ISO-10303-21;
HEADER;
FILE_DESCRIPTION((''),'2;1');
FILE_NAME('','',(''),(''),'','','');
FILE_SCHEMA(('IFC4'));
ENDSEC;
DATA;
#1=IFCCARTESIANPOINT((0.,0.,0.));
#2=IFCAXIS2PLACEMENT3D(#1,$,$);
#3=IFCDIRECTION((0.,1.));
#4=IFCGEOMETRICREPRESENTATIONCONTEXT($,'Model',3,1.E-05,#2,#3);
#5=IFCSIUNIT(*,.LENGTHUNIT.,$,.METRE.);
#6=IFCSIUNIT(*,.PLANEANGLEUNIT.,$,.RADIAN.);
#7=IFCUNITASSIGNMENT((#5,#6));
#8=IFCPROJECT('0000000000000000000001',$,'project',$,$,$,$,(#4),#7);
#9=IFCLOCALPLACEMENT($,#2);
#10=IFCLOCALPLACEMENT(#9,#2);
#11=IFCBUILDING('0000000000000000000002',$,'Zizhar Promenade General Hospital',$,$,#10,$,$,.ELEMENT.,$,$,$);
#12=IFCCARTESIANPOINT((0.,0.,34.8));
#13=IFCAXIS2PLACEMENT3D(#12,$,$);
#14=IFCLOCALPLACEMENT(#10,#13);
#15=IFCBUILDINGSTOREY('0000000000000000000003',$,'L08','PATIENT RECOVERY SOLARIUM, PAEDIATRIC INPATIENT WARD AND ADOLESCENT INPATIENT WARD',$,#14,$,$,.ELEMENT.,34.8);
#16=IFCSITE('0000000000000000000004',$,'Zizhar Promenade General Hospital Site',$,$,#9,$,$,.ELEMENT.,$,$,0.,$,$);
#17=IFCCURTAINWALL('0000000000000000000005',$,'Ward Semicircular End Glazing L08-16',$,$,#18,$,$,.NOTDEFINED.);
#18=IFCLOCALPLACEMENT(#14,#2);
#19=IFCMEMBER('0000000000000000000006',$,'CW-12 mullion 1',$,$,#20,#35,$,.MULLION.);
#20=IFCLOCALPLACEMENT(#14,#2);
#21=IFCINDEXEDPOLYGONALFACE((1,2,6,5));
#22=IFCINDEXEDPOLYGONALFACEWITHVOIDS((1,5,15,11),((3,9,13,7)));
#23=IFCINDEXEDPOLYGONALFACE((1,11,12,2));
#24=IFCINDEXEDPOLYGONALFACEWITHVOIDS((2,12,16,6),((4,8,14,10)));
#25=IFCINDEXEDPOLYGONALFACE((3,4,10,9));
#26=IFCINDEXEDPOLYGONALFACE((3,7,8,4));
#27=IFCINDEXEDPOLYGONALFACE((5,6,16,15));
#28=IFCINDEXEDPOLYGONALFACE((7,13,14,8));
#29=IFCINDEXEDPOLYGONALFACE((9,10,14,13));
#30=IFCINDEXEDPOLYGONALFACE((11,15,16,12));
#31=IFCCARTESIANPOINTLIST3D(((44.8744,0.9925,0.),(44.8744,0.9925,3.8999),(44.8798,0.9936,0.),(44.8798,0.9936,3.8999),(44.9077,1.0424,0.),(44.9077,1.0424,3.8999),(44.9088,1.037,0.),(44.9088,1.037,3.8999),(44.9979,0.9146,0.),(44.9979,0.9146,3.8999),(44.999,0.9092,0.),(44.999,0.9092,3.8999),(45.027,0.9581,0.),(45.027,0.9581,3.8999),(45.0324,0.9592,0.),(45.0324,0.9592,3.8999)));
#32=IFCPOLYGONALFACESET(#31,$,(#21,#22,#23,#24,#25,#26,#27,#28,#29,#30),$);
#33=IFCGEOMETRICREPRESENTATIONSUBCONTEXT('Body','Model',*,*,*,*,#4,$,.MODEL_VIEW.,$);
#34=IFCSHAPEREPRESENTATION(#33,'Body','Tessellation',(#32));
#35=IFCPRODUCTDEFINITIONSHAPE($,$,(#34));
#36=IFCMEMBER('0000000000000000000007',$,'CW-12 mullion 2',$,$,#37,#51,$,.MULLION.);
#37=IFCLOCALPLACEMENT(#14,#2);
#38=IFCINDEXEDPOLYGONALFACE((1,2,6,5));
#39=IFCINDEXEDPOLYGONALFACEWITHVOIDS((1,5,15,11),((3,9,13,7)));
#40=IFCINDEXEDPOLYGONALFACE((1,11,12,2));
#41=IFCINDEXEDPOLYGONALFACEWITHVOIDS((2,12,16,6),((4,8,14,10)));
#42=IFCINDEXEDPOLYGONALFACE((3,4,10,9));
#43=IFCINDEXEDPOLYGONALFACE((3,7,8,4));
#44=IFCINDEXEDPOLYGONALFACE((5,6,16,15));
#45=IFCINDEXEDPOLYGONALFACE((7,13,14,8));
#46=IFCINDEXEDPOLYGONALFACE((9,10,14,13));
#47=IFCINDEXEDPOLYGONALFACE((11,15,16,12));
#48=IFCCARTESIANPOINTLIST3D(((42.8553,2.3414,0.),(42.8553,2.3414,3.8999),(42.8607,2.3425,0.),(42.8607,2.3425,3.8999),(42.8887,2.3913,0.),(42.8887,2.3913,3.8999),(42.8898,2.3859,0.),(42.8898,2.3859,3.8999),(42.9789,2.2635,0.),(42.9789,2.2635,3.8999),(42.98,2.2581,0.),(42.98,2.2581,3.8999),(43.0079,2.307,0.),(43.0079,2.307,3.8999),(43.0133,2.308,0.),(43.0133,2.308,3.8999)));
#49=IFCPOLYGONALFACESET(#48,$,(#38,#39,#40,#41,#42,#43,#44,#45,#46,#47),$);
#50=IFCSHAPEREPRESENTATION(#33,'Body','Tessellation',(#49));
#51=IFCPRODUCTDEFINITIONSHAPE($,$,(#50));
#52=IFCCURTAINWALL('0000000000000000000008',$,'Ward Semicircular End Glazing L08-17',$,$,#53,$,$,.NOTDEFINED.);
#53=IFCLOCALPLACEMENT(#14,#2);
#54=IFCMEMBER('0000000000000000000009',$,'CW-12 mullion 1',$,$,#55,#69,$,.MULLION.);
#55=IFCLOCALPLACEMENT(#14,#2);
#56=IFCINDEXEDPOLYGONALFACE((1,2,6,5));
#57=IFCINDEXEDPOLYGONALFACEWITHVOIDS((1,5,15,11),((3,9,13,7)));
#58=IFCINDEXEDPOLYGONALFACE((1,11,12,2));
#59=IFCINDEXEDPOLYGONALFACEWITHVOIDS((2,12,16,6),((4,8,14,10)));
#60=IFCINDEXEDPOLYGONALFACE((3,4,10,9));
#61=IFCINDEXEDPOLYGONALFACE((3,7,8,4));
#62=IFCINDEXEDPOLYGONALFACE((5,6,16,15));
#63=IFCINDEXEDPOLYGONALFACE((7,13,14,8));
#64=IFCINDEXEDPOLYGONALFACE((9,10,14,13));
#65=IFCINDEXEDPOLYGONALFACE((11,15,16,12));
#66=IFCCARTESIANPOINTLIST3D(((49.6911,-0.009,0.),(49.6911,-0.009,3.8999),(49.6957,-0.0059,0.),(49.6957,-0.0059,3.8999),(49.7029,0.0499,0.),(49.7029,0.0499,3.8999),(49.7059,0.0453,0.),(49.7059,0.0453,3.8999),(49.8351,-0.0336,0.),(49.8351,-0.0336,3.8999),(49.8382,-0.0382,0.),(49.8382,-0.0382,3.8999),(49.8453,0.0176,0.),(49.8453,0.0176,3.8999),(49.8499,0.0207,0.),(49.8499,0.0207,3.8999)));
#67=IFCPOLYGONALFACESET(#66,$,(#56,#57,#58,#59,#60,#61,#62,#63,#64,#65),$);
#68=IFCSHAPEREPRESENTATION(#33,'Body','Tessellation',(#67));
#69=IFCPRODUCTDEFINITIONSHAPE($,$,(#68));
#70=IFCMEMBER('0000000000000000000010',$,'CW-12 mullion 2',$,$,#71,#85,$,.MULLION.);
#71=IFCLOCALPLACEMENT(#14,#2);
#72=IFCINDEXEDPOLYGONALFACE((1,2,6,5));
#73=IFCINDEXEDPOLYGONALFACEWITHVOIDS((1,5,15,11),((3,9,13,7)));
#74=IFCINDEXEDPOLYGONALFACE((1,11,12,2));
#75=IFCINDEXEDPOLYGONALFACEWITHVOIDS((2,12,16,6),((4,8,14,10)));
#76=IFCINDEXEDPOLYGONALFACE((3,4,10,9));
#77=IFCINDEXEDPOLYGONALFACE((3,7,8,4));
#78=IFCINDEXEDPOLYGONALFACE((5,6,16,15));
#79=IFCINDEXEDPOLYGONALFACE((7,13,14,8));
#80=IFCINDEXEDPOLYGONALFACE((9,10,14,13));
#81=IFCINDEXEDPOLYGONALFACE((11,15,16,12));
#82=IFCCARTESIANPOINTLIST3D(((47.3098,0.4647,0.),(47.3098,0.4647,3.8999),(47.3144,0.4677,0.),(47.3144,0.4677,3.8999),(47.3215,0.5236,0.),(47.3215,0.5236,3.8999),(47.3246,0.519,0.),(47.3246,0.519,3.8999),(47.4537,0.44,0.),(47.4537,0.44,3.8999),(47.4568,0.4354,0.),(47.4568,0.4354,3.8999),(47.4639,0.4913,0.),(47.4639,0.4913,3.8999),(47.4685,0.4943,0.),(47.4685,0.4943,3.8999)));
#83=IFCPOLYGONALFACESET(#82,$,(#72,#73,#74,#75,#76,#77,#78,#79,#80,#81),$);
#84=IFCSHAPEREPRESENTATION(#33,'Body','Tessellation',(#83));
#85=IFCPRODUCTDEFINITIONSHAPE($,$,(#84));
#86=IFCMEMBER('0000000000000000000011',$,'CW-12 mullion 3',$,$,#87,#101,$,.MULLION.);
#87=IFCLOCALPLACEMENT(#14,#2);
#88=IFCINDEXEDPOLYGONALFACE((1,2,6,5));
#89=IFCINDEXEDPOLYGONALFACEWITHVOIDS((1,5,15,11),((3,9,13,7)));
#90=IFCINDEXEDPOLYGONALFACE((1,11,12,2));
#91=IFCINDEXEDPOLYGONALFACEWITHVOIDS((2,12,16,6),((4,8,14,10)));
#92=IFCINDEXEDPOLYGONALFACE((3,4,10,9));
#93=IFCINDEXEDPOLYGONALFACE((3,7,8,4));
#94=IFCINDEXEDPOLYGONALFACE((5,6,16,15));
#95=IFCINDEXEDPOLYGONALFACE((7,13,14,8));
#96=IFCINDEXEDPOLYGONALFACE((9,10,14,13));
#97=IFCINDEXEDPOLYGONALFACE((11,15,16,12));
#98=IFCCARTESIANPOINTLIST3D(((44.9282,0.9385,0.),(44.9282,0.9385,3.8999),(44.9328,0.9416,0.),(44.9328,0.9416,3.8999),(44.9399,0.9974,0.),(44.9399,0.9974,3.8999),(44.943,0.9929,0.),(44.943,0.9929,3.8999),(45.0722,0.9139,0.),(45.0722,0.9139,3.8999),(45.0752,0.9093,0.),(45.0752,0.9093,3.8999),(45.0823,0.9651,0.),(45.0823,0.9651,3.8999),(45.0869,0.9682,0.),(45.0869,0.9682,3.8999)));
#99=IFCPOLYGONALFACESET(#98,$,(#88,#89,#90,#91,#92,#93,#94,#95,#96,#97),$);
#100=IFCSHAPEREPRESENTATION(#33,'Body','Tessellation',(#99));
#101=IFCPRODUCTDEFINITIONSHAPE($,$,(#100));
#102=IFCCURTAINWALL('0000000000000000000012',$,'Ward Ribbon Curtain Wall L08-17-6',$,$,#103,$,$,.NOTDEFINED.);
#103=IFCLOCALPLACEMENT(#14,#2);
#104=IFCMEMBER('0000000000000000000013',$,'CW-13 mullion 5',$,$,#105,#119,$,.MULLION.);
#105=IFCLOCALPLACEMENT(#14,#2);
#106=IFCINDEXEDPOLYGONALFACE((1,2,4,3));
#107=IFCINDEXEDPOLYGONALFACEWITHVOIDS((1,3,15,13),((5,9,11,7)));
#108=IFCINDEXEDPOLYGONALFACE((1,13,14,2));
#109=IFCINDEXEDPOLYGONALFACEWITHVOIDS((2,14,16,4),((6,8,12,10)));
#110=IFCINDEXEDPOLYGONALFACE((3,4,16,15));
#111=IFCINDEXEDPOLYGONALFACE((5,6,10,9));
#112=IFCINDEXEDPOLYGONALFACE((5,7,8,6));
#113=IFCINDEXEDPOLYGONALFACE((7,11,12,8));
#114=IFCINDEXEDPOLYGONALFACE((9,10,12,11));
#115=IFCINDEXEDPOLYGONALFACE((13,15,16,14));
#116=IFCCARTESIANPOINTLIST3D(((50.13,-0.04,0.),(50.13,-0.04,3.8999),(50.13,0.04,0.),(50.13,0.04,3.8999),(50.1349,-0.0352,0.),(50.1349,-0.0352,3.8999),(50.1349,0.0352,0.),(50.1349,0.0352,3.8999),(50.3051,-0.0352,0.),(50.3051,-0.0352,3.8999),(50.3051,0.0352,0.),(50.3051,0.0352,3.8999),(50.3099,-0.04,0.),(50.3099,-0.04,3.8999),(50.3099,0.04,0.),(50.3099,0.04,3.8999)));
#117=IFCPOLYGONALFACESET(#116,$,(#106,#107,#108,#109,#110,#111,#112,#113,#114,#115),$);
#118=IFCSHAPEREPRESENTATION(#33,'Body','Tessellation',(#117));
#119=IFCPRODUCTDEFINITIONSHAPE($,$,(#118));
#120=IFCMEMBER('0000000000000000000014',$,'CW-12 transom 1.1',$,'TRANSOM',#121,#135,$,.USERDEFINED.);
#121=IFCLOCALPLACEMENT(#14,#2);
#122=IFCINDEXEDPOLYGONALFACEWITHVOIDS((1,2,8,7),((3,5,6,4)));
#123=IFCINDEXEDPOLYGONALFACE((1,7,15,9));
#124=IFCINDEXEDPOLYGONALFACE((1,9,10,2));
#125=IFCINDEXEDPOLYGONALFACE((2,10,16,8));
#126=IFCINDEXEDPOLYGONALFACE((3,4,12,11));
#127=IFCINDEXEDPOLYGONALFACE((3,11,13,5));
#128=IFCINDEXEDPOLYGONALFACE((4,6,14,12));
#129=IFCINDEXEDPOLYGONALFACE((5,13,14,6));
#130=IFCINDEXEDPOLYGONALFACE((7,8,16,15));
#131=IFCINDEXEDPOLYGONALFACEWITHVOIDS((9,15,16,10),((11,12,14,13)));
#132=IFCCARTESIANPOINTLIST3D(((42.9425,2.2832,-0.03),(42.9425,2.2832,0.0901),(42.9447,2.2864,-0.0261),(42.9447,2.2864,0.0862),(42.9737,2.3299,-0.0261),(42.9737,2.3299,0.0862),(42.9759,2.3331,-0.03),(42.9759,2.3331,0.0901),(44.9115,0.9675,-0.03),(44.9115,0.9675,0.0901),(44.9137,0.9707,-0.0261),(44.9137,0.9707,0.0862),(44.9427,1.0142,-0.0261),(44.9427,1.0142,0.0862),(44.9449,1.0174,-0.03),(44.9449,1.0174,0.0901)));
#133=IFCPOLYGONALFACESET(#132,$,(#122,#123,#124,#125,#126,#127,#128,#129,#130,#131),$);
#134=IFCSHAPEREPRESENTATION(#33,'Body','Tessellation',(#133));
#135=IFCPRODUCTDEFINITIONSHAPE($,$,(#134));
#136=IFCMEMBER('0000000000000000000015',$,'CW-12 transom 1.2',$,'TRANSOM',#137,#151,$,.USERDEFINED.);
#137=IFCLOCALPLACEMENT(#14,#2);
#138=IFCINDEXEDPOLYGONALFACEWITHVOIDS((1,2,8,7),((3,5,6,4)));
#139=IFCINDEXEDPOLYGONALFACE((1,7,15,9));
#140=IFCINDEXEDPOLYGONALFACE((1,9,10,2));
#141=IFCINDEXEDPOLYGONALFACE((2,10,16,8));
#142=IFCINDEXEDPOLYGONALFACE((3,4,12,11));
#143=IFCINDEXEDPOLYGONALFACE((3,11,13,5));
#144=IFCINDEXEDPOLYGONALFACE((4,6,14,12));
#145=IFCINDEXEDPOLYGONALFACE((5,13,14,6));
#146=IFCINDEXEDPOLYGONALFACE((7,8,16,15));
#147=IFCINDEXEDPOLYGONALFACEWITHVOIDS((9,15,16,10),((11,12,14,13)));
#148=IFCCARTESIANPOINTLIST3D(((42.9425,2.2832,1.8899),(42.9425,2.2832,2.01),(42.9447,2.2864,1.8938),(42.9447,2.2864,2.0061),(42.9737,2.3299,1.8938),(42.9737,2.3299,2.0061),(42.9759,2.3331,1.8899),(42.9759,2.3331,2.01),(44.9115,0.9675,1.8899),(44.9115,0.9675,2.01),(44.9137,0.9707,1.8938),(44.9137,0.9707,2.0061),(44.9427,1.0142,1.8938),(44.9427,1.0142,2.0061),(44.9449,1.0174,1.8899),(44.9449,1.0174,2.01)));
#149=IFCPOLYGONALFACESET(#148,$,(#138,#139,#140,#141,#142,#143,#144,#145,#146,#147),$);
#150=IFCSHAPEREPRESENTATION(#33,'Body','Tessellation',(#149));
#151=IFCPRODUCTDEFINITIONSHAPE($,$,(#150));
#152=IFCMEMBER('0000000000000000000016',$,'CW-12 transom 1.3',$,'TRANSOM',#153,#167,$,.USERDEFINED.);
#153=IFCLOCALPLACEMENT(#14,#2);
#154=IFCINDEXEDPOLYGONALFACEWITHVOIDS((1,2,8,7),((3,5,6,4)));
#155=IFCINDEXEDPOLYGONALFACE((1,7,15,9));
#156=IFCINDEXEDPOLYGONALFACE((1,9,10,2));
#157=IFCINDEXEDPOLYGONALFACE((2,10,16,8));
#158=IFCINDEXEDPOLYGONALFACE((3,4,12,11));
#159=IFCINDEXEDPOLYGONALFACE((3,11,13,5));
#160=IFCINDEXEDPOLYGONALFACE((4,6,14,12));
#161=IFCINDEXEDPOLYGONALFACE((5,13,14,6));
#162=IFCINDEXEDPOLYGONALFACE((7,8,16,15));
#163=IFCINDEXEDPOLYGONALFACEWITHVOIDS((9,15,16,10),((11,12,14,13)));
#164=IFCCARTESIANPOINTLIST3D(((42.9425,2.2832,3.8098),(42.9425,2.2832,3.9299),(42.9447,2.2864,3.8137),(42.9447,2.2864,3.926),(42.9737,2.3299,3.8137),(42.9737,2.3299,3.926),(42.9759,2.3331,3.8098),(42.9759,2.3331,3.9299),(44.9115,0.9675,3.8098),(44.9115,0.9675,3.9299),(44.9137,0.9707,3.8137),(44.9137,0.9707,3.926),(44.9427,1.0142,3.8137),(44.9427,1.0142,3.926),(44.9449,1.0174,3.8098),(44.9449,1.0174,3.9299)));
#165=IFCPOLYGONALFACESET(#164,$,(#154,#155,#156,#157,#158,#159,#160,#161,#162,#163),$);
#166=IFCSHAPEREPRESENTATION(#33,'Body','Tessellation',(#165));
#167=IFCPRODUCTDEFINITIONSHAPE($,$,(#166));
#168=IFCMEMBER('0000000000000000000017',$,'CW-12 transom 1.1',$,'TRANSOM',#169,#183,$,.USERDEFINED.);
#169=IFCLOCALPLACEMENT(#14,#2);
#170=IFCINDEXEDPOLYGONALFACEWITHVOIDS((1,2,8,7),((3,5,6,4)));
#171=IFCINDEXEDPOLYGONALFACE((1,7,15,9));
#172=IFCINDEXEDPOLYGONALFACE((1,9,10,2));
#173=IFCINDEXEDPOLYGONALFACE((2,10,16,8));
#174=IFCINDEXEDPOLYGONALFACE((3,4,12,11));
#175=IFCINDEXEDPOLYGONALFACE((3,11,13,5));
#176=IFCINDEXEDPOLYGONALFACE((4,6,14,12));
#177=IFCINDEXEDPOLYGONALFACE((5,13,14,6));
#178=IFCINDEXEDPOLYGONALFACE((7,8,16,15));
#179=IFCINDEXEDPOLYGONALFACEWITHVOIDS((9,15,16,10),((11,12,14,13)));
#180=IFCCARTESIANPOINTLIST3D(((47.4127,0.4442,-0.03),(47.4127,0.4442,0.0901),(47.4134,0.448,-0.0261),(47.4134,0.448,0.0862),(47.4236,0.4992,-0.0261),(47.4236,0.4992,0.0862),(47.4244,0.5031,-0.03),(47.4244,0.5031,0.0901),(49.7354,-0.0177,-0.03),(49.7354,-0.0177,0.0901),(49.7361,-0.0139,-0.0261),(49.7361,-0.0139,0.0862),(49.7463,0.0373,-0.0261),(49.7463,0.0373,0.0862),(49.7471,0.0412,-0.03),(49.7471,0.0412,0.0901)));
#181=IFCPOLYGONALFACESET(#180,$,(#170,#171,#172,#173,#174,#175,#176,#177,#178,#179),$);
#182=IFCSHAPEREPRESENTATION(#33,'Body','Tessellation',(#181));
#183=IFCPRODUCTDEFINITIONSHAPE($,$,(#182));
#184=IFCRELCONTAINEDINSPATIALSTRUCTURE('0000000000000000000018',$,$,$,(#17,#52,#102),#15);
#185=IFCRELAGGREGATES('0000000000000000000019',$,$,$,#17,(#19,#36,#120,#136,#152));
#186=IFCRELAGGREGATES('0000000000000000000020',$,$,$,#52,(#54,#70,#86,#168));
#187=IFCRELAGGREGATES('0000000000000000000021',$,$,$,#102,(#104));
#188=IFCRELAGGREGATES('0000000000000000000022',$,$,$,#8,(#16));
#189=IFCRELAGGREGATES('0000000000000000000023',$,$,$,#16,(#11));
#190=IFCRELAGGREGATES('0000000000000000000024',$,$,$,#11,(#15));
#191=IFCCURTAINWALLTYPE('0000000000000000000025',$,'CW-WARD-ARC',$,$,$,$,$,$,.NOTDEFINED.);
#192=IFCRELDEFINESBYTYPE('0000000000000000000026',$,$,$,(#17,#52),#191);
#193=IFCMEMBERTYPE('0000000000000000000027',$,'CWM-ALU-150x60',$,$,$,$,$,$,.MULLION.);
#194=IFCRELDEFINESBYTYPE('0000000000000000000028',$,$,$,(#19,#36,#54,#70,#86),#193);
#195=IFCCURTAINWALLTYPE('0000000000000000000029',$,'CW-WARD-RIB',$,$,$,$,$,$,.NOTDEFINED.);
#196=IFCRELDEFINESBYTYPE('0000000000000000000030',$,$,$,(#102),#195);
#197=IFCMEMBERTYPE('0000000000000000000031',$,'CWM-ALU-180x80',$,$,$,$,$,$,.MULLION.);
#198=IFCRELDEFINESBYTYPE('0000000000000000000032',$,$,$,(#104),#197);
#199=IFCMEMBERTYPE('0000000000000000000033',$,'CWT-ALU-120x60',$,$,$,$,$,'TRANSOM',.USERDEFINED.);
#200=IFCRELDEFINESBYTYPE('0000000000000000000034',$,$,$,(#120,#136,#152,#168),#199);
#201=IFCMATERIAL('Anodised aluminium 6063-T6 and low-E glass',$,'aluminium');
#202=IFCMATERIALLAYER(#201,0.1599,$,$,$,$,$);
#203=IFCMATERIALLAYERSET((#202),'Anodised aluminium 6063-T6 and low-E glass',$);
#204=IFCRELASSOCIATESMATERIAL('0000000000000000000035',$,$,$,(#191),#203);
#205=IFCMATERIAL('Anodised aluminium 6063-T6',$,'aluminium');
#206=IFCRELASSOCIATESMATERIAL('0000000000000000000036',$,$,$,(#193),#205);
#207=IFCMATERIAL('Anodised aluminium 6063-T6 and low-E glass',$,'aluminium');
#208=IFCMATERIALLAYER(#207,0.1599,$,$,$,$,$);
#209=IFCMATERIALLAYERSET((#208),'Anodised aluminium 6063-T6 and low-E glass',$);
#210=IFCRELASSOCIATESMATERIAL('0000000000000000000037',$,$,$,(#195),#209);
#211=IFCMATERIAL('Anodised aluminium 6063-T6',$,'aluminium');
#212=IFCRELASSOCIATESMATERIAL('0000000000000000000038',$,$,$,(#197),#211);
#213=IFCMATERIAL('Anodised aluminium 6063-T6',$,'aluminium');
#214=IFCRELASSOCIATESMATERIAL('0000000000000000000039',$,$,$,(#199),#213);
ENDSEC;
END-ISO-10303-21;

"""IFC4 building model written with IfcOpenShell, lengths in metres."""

from ifc_helpers import new_model, si_unit, direction, frame, origin, origin_2d, place, context, subcontext, project, spatial, hollow_rectangle, extrude, material, layer, layer_set, material_profile, profile_set, type_object, element, aggregate, save


model = new_model("IFC4")

# Units and contexts
model_context = context("Model", 3, precision=1e-05, world=origin(), true_north=direction((0.0, 1.0)))
body_context = subcontext(model_context, "Body", "Model", "MODEL_VIEW")
ifc_project = project(units=[si_unit("LENGTHUNIT", "METRE"), si_unit("PLANEANGLEUNIT", "RADIAN")], contexts=[model_context])

# Site, building, storey
site_placement = place(None, origin())
site = spatial("IfcSite", under=ifc_project, at=site_placement, Name="Zizhar Promenade General Hospital Site", CompositionType="ELEMENT", RefElevation=0.0)
building_placement = place(site_placement, origin())
building = spatial("IfcBuilding", under=site, at=building_placement, Name="Zizhar Promenade General Hospital", CompositionType="ELEMENT")
storey_placement = place(building_placement, frame((0.0, 0.0, 34.8)))
storey = spatial("IfcBuildingStorey", under=building, at=storey_placement, Name="L08", Description="PATIENT RECOVERY SOLARIUM, PAEDIATRIC INPATIENT WARD AND ADOLESCENT INPATIENT WARD", CompositionType="ELEMENT", Elevation=34.8)

# Curtain walls, members
ifc_material_1 = material(Name="Anodised aluminium 6063-T6 and low-E glass", Category="aluminium")
ifc_layer_1 = layer(ifc_material_1, 0.1599)
ifc_layer_set_1 = layer_set([ifc_layer_1], Name="Anodised aluminium 6063-T6 and low-E glass")
curtain_wall_type_1 = type_object("IfcCurtainWallType", Name="CW-WARD-ARC", PredefinedType="NOTDEFINED", material=ifc_layer_set_1)
curtain_wall_1_placement = place(storey_placement, origin())
curtain_wall_1 = element("IfcCurtainWall", 1, at=curtain_wall_1_placement, inside=storey, type_object=curtain_wall_type_1, Name="Ward Semicircular End Glazing L08-16", PredefinedType="NOTDEFINED")
ifc_material_2 = material(Name="Anodised aluminium 6063-T6", Category="aluminium")
ifc_material_profile_1 = material_profile(ifc_material_2, hollow_rectangle(XDim=0.0601, YDim=0.1499, WallThickness=0.0039, at=origin_2d()))
ifc_profile_set_1 = profile_set([ifc_material_profile_1], Name="Anodised aluminium 6063-T6")
member_type_1 = type_object("IfcMemberType", Name="CWM-ALU-150x60", PredefinedType="MULLION", material=ifc_profile_set_1)
member_1_placement = place(storey_placement, frame((44.9534, 0.9758, 0.0), z_axis=(0.0, 0.0, 1.0), x_axis=(-0.555582, -0.831462, 0.0)))
member_1 = element("IfcMember", 2, at=member_1_placement, type_object=member_type_1, Name="CW-12 mullion 1", PredefinedType="MULLION", context=body_context, shape_type="SweptSolid", body=[
    extrude(hollow_rectangle(XDim=0.0601, YDim=0.1499, WallThickness=0.0039, at=origin_2d()), origin(), (0.0, 0.0, 1.0), 3.8999),
])
member_2_placement = place(storey_placement, frame((42.9343, 2.3247, 0.0), z_axis=(0.0, 0.0, 1.0), x_axis=(-0.555582, -0.831462, 0.0)))
member_2 = element("IfcMember", 3, at=member_2_placement, type_object=member_type_1, Name="CW-12 mullion 2", PredefinedType="MULLION", context=body_context, shape_type="SweptSolid", body=[
    extrude(hollow_rectangle(XDim=0.0601, YDim=0.1499, WallThickness=0.0039, at=origin_2d()), origin(), (0.0, 0.0, 1.0), 3.8999),
])
curtain_wall_2_placement = place(storey_placement, origin())
curtain_wall_2 = element("IfcCurtainWall", 4, at=curtain_wall_2_placement, inside=storey, type_object=curtain_wall_type_1, Name="Ward Semicircular End Glazing L08-17", PredefinedType="NOTDEFINED")
member_3_placement = place(storey_placement, frame((49.7705, 0.0059, 0.0), z_axis=(0.0, 0.0, 1.0), x_axis=(-0.195087, -0.980786, 0.0)))
member_3 = element("IfcMember", 5, at=member_3_placement, type_object=member_type_1, Name="CW-12 mullion 1", PredefinedType="MULLION", context=body_context, shape_type="SweptSolid", body=[
    extrude(hollow_rectangle(XDim=0.0601, YDim=0.1499, WallThickness=0.0039, at=origin_2d()), origin(), (0.0, 0.0, 1.0), 3.8999),
])
member_4_placement = place(storey_placement, frame((47.3892, 0.4795, 0.0), z_axis=(0.0, 0.0, 1.0), x_axis=(-0.195087, -0.980786, 0.0)))
member_4 = element("IfcMember", 6, at=member_4_placement, type_object=member_type_1, Name="CW-12 mullion 2", PredefinedType="MULLION", context=body_context, shape_type="SweptSolid", body=[
    extrude(hollow_rectangle(XDim=0.0601, YDim=0.1499, WallThickness=0.0039, at=origin_2d()), origin(), (0.0, 0.0, 1.0), 3.8999),
])
member_5_placement = place(storey_placement, frame((45.0076, 0.9534, 0.0), z_axis=(0.0, 0.0, 1.0), x_axis=(-0.195087, -0.980786, 0.0)))
member_5 = element("IfcMember", 7, at=member_5_placement, type_object=member_type_1, Name="CW-12 mullion 3", PredefinedType="MULLION", context=body_context, shape_type="SweptSolid", body=[
    extrude(hollow_rectangle(XDim=0.0601, YDim=0.1499, WallThickness=0.0039, at=origin_2d()), origin(), (0.0, 0.0, 1.0), 3.8999),
])

# Curtain wall, member
ifc_material_3 = material(Name="Anodised aluminium 6063-T6 and low-E glass", Category="aluminium")
ifc_layer_2 = layer(ifc_material_3, 0.1599)
ifc_layer_set_2 = layer_set([ifc_layer_2], Name="Anodised aluminium 6063-T6 and low-E glass")
curtain_wall_type_2 = type_object("IfcCurtainWallType", Name="CW-WARD-RIB", PredefinedType="NOTDEFINED", material=ifc_layer_set_2)
curtain_wall_3_placement = place(storey_placement, origin())
curtain_wall_3 = element("IfcCurtainWall", 8, at=curtain_wall_3_placement, inside=storey, type_object=curtain_wall_type_2, Name="Ward Ribbon Curtain Wall L08-17-6", PredefinedType="NOTDEFINED")
ifc_material_4 = material(Name="Anodised aluminium 6063-T6", Category="aluminium")
ifc_material_profile_2 = material_profile(ifc_material_4, hollow_rectangle(XDim=0.0801, YDim=0.1799, WallThickness=0.0049, at=origin_2d()))
ifc_profile_set_2 = profile_set([ifc_material_profile_2], Name="Anodised aluminium 6063-T6")
member_type_2 = type_object("IfcMemberType", Name="CWM-ALU-180x80", PredefinedType="MULLION", material=ifc_profile_set_2)
member_6_placement = place(storey_placement, frame((50.22, 0.0, 0.0), z_axis=(0.0, 0.0, 1.0), x_axis=(0.0, -1.0, 0.0)))
member_6 = element("IfcMember", 9, at=member_6_placement, type_object=member_type_2, Name="CW-13 mullion 5", PredefinedType="MULLION", context=body_context, shape_type="SweptSolid", body=[
    extrude(hollow_rectangle(XDim=0.0801, YDim=0.1799, WallThickness=0.0049, at=origin_2d()), origin(), (0.0, 0.0, 1.0), 3.8999),
])

# Members
ifc_material_5 = material(Name="Anodised aluminium 6063-T6", Category="aluminium")
ifc_material_profile_3 = material_profile(ifc_material_5, hollow_rectangle(XDim=0.0601, YDim=0.1201, WallThickness=0.0039, at=origin_2d()))
ifc_profile_set_3 = profile_set([ifc_material_profile_3], Name="Anodised aluminium 6063-T6")
member_type_3 = type_object("IfcMemberType", Name="CWT-ALU-120x60", ElementType="TRANSOM", PredefinedType="USERDEFINED", material=ifc_profile_set_3)
member_7_placement = place(storey_placement, frame((44.9282, 0.9924, 0.03), z_axis=(-0.831463, 0.55558, 0.0), x_axis=(-0.55558, -0.831463, 0.0)))
member_7 = element("IfcMember", 10, at=member_7_placement, type_object=member_type_3, Name="CW-12 transom 1.1", ObjectType="TRANSOM", PredefinedType="USERDEFINED", context=body_context, shape_type="SweptSolid", body=[
    extrude(hollow_rectangle(XDim=0.0601, YDim=0.1201, WallThickness=0.0039, at=origin_2d()), origin(), (0.0, 0.0, 1.0), 2.3682),
])
member_8_placement = place(storey_placement, frame((44.9282, 0.9924, 1.95), z_axis=(-0.831463, 0.55558, 0.0), x_axis=(-0.55558, -0.831463, 0.0)))
member_8 = element("IfcMember", 11, at=member_8_placement, type_object=member_type_3, Name="CW-12 transom 1.2", ObjectType="TRANSOM", PredefinedType="USERDEFINED", context=body_context, shape_type="SweptSolid", body=[
    extrude(hollow_rectangle(XDim=0.0601, YDim=0.1201, WallThickness=0.0039, at=origin_2d()), origin(), (0.0, 0.0, 1.0), 2.3682),
])
member_9_placement = place(storey_placement, frame((44.9282, 0.9924, 3.8699), z_axis=(-0.831463, 0.55558, 0.0), x_axis=(-0.55558, -0.831463, 0.0)))
member_9 = element("IfcMember", 12, at=member_9_placement, type_object=member_type_3, Name="CW-12 transom 1.3", ObjectType="TRANSOM", PredefinedType="USERDEFINED", context=body_context, shape_type="SweptSolid", body=[
    extrude(hollow_rectangle(XDim=0.0601, YDim=0.1201, WallThickness=0.0039, at=origin_2d()), origin(), (0.0, 0.0, 1.0), 2.3682),
])
member_10_placement = place(storey_placement, frame((49.7412, 0.0117, 0.03), z_axis=(-0.980794, 0.195045, 0.0), x_axis=(-0.195045, -0.980794, 0.0)))
member_10 = element("IfcMember", 13, at=member_10_placement, type_object=member_type_3, Name="CW-12 transom 1.1", ObjectType="TRANSOM", PredefinedType="USERDEFINED", context=body_context, shape_type="SweptSolid", body=[
    extrude(hollow_rectangle(XDim=0.0601, YDim=0.1201, WallThickness=0.0039, at=origin_2d()), origin(), (0.0, 0.0, 1.0), 2.3682),
])

aggregate(curtain_wall_1, [member_1, member_2, member_7, member_8, member_9])
aggregate(curtain_wall_2, [member_3, member_4, member_5, member_10])
aggregate(curtain_wall_3, [member_6])

save(model, "model.ifc")
